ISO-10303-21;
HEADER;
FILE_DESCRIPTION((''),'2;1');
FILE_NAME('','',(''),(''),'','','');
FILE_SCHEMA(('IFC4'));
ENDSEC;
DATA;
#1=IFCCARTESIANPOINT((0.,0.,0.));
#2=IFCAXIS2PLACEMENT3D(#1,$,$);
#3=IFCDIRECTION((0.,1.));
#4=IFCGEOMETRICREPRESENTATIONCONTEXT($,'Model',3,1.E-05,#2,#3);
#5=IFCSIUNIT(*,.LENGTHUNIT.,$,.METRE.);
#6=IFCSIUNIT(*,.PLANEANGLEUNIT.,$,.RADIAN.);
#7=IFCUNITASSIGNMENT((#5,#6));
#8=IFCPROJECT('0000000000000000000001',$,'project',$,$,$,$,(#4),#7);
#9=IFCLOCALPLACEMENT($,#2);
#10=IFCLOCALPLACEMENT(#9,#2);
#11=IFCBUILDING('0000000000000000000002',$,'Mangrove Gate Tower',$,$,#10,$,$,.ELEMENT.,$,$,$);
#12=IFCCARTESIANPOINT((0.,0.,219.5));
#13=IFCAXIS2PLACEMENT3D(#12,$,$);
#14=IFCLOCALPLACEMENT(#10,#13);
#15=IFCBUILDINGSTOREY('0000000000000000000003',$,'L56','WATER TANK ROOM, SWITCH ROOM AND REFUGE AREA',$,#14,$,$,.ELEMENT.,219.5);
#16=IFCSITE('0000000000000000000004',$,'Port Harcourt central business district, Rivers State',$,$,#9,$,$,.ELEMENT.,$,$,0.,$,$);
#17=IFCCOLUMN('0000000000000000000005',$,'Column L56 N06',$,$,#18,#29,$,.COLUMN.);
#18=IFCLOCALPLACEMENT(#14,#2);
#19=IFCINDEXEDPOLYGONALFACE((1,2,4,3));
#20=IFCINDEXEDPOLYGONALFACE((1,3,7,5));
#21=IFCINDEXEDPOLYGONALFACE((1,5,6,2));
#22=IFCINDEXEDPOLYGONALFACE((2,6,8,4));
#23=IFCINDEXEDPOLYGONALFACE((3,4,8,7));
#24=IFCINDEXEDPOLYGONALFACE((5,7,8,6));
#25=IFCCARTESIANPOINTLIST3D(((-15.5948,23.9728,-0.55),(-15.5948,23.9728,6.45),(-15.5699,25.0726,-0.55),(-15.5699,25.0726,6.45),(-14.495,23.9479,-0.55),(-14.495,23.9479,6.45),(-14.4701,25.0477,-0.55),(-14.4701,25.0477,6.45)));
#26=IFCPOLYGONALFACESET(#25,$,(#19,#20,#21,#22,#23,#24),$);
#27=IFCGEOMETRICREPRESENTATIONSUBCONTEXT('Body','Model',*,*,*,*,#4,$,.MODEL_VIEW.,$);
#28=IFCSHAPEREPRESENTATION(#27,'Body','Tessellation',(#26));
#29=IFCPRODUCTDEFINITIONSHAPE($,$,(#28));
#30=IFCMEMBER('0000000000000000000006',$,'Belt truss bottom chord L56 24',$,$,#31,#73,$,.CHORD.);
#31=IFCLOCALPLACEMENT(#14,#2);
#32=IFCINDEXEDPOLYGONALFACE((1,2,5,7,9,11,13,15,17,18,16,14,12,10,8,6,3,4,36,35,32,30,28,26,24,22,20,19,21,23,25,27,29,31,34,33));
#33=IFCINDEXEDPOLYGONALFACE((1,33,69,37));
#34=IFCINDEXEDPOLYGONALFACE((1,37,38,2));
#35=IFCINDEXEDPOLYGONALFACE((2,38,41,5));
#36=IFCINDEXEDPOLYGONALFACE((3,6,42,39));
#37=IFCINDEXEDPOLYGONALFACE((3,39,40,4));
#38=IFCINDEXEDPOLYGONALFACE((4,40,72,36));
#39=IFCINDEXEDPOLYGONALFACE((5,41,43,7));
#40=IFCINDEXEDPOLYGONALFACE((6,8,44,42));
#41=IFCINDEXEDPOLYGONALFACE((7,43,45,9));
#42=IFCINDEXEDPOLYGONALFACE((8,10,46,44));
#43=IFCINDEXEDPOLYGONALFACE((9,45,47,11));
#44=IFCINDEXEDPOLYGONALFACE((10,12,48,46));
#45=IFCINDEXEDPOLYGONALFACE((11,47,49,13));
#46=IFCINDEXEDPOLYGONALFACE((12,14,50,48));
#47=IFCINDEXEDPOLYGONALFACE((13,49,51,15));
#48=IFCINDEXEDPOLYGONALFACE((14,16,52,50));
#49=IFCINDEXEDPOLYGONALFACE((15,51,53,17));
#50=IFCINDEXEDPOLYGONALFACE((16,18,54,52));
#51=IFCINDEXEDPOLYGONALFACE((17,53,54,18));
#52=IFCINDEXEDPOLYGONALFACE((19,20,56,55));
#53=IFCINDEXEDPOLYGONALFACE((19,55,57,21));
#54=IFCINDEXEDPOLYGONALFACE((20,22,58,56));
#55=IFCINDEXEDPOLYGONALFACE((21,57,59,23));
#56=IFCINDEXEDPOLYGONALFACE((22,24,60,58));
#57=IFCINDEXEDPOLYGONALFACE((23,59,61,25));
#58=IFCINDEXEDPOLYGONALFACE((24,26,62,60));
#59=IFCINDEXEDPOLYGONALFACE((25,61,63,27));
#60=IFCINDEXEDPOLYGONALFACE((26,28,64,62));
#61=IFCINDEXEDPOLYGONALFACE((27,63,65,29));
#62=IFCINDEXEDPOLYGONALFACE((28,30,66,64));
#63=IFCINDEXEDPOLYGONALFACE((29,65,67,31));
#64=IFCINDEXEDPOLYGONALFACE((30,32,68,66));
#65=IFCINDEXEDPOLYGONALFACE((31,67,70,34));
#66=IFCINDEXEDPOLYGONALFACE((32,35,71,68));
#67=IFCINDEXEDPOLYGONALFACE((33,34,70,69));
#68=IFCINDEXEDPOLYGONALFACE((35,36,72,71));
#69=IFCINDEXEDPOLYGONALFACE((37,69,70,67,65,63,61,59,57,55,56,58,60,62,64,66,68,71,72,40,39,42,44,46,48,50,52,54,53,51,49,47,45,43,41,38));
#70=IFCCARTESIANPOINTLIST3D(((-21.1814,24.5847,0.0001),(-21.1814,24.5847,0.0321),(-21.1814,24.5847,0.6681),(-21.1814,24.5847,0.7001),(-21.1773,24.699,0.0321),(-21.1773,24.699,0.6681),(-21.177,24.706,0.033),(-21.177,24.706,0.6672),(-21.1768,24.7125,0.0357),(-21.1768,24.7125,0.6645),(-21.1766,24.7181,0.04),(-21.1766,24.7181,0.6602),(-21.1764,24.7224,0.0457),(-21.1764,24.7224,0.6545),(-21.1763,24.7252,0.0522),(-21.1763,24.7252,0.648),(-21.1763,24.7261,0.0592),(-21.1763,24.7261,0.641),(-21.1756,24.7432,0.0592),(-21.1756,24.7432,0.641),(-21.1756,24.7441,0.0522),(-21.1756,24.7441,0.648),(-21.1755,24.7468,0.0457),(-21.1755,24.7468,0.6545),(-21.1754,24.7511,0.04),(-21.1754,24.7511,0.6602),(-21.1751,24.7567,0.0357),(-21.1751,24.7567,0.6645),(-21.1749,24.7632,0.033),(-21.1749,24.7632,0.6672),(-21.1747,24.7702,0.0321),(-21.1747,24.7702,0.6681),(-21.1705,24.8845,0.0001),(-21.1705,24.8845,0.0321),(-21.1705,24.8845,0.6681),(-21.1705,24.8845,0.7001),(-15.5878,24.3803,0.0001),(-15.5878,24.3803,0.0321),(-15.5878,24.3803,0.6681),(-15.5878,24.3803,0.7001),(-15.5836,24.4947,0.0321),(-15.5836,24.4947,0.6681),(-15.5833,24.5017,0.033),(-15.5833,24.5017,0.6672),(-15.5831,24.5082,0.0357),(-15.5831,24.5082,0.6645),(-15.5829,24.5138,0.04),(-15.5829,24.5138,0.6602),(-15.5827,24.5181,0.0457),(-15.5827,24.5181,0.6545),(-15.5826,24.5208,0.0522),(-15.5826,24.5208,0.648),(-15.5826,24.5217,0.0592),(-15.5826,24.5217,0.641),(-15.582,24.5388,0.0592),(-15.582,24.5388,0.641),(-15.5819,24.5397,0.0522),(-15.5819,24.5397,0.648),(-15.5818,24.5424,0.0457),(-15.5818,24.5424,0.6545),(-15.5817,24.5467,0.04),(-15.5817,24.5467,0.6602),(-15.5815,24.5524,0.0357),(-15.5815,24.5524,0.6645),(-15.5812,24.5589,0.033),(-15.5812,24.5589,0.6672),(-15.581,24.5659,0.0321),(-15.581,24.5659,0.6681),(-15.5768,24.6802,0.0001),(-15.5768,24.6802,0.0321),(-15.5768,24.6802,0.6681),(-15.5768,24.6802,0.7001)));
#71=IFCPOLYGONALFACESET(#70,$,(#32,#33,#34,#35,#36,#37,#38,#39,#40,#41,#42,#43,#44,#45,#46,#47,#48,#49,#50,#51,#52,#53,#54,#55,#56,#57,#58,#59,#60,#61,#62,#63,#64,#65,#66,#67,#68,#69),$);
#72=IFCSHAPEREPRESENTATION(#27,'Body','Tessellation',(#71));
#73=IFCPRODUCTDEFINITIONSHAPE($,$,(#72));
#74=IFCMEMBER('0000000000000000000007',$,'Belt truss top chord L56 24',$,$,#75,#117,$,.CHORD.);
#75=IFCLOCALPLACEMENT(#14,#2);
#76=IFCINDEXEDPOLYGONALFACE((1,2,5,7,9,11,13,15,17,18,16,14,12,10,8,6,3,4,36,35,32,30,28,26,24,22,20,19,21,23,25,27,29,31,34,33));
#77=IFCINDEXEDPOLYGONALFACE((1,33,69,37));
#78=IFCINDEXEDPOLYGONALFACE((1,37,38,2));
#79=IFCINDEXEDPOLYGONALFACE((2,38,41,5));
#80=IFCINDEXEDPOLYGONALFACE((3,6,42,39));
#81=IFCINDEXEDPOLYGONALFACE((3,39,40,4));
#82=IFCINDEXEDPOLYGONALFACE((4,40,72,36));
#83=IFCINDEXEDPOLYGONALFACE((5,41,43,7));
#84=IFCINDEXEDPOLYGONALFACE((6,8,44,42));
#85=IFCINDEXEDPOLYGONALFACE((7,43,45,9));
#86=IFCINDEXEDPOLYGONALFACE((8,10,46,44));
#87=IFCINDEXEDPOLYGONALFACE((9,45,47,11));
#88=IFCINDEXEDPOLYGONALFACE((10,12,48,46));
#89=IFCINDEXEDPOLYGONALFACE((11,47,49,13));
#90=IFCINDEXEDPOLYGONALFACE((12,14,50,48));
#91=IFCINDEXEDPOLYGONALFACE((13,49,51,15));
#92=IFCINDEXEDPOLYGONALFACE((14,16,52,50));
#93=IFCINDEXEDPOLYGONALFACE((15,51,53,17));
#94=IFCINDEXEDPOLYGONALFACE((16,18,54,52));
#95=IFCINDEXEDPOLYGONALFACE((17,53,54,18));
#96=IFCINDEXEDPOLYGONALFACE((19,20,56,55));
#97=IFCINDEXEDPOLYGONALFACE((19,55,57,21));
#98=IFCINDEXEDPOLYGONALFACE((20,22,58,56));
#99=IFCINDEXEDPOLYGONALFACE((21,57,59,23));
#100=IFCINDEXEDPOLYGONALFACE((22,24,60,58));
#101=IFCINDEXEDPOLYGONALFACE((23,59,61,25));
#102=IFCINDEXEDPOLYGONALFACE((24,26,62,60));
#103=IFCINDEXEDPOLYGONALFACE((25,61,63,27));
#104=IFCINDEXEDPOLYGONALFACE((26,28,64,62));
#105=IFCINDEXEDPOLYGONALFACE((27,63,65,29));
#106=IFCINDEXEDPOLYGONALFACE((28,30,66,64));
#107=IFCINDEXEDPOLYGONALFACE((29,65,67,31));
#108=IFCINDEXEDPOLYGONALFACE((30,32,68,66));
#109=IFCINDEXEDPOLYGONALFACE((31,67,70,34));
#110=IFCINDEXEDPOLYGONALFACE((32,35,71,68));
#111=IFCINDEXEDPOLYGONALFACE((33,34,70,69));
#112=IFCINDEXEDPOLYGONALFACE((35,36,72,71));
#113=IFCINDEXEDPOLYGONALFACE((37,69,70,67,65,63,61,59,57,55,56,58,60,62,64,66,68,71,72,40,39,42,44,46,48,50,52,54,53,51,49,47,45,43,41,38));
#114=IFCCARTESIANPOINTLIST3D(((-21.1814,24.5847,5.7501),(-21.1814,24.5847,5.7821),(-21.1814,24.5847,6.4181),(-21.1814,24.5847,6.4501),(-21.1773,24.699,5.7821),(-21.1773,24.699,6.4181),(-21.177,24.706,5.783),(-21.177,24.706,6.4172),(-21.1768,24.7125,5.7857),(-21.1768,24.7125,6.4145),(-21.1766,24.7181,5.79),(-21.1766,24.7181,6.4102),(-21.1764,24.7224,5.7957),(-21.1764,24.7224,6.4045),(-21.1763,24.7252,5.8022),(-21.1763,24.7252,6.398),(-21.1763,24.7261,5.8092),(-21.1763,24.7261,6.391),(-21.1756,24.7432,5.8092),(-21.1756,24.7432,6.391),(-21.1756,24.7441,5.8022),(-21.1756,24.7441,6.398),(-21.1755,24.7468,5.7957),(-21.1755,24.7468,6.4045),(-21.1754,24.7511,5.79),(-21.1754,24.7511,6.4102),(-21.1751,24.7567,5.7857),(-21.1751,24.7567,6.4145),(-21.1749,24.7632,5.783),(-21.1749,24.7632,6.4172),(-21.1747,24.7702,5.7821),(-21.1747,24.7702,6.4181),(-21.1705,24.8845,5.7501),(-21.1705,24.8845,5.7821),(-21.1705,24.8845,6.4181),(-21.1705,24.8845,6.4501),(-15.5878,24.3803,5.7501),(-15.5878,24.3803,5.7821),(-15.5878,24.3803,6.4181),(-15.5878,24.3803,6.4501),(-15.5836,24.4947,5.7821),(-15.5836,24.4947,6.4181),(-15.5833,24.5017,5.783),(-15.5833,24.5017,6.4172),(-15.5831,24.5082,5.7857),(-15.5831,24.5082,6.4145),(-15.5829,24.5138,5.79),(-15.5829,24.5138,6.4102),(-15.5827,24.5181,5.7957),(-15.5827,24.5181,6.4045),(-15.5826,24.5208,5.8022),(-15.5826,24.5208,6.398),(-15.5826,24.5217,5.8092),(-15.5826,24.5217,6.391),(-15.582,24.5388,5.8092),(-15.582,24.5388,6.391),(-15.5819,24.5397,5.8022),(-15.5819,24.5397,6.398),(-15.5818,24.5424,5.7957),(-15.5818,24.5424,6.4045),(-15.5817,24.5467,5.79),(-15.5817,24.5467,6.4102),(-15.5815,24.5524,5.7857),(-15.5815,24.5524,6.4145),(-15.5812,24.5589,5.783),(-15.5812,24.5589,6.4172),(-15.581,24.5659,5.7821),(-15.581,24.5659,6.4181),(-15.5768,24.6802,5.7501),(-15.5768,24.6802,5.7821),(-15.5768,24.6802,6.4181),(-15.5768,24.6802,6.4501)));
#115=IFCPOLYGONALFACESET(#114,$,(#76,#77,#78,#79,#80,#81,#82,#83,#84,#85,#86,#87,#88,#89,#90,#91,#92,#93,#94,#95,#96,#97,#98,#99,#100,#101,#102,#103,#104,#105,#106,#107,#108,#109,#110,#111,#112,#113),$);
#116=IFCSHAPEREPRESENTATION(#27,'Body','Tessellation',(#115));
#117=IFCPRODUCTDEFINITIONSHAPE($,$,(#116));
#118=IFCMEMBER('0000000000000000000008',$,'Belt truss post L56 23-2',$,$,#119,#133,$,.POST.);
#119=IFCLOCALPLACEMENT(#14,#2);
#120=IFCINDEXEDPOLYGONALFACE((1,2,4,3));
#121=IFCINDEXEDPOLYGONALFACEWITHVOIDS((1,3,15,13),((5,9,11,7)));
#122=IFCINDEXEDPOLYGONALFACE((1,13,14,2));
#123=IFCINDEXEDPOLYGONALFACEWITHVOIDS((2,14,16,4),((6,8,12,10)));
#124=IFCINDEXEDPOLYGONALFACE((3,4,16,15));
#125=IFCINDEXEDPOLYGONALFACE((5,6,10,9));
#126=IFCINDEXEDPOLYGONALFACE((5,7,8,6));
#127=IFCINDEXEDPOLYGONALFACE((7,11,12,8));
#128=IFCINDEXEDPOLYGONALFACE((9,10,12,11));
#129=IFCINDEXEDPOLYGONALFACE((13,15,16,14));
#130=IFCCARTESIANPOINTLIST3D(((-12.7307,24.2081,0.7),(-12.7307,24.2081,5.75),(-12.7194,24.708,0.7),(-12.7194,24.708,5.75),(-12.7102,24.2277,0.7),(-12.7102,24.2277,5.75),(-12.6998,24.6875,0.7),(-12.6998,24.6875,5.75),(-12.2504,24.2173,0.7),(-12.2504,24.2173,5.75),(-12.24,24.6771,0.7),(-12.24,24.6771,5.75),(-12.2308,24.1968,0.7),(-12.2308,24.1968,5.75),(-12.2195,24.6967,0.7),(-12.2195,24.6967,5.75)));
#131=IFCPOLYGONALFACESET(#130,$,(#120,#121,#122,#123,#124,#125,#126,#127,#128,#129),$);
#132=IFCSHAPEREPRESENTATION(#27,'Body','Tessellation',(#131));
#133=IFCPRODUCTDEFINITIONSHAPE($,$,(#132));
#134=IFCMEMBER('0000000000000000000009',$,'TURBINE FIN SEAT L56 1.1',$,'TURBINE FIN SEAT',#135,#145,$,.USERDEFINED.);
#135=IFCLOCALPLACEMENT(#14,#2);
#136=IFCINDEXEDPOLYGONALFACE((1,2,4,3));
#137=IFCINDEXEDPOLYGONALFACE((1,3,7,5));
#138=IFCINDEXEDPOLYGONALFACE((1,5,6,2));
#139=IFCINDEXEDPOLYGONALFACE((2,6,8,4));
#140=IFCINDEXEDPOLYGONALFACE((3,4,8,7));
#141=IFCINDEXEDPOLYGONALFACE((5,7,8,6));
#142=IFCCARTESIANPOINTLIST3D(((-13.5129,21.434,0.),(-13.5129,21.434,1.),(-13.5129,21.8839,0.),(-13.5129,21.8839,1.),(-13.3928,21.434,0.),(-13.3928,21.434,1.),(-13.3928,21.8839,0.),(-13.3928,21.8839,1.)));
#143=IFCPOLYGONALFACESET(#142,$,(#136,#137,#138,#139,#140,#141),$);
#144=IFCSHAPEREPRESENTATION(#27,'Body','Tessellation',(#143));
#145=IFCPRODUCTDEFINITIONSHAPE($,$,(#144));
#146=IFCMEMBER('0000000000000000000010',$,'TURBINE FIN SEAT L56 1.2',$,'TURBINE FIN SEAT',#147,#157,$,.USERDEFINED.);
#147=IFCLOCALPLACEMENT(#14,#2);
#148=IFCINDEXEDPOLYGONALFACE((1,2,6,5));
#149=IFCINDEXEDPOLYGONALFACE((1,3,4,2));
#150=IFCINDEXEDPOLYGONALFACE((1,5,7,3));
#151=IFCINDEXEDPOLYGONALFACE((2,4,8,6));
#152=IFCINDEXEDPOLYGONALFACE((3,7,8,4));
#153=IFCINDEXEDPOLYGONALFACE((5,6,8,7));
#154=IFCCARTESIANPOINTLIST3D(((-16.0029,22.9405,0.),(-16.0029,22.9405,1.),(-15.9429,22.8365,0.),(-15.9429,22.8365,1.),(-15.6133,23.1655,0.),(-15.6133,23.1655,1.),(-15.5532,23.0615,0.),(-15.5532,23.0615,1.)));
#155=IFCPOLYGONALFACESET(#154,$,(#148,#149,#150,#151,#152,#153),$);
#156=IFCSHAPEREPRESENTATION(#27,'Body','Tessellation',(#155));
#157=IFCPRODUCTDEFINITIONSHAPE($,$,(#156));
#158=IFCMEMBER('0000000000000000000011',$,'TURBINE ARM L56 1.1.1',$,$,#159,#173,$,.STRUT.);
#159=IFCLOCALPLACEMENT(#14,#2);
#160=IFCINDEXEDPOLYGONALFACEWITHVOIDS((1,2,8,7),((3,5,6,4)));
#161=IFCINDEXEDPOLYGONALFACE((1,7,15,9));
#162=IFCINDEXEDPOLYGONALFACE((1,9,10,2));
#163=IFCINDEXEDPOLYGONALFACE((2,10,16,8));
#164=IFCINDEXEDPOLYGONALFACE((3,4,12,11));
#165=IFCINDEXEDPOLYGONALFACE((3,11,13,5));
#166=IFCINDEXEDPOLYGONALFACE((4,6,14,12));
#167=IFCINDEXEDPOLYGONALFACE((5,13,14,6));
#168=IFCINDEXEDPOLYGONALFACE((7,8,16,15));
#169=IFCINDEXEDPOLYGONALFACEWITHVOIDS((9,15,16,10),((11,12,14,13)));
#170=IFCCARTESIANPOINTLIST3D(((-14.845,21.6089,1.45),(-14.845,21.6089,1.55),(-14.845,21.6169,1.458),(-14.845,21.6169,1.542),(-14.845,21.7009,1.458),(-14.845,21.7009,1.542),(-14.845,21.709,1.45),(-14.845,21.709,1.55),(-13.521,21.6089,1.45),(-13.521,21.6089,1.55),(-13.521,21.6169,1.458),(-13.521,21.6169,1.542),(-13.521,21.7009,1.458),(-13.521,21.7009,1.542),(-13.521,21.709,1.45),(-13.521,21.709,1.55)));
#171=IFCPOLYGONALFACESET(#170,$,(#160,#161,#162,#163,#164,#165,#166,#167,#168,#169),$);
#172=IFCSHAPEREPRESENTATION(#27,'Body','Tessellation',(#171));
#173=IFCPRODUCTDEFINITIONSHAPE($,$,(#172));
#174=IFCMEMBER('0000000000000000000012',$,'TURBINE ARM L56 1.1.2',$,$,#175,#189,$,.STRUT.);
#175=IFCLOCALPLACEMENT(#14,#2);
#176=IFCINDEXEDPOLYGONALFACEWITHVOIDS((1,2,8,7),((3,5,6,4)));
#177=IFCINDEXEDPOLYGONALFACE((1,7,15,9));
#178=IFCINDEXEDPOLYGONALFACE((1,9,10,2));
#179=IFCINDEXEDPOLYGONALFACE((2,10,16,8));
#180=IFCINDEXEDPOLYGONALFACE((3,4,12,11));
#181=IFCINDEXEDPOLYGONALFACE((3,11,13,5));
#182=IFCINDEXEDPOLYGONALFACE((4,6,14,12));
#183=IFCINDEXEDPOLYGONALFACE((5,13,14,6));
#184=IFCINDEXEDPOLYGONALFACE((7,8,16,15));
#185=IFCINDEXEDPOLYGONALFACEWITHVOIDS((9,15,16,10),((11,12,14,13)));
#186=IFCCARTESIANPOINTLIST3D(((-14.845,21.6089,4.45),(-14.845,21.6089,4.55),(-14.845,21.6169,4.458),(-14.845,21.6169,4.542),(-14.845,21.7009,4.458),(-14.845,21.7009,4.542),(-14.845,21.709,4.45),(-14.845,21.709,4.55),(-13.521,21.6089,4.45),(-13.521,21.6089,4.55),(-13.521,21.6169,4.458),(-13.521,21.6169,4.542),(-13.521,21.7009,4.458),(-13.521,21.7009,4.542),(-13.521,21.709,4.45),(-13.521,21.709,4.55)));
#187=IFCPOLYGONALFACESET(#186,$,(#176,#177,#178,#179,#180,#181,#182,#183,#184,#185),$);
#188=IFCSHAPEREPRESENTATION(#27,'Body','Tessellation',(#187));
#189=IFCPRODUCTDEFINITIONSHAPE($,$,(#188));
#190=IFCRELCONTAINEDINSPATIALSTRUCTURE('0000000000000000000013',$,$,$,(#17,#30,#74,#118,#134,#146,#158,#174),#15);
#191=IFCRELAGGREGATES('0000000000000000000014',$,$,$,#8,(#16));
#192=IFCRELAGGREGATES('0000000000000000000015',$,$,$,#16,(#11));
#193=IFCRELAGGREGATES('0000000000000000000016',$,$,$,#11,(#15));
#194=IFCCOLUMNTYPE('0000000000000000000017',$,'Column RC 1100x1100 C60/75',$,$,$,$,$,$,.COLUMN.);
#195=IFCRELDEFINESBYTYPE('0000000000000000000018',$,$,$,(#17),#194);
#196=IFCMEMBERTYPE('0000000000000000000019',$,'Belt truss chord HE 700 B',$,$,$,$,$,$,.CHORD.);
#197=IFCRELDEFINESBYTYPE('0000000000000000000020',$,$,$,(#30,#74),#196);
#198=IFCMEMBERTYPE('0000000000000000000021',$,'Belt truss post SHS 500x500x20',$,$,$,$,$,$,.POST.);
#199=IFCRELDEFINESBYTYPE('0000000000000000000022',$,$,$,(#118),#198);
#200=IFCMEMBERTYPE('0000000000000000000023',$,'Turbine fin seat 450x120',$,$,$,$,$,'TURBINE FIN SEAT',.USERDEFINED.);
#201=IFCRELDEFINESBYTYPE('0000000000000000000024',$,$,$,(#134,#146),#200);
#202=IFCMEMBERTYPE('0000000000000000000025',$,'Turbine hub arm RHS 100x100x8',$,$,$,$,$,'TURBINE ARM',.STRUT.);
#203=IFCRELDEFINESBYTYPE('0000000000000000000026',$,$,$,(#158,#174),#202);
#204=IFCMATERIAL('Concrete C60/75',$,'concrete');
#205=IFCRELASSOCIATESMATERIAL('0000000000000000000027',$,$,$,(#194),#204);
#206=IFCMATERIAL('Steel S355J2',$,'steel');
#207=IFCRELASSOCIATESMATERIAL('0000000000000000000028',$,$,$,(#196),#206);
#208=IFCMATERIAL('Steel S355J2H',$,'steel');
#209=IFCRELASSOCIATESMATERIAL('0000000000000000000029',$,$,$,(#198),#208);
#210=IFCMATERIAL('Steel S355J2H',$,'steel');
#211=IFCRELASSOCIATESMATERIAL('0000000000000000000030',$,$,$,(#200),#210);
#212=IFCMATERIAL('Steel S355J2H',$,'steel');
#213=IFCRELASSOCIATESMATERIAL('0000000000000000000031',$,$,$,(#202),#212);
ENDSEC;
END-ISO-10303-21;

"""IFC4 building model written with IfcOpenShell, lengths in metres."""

from ifc_helpers import new_model, si_unit, direction, frame, origin, origin_2d, place, context, subcontext, project, spatial, rectangle, hollow_rectangle, i_section, extrude, material, material_profile, profile_set, type_object, element, save


model = new_model("IFC4")

# Units and contexts
model_context = context("Model", 3, precision=1e-05, world=origin(), true_north=direction((0.0, 1.0)))
body_context = subcontext(model_context, "Body", "Model", "MODEL_VIEW")
ifc_project = project(units=[si_unit("LENGTHUNIT", "METRE"), si_unit("PLANEANGLEUNIT", "RADIAN")], contexts=[model_context])

# Site, building, storey
site_placement = place(None, origin())
site = spatial("IfcSite", under=ifc_project, at=site_placement, Name="Port Harcourt central business district, Rivers State", CompositionType="ELEMENT", RefElevation=0.0)
building_placement = place(site_placement, origin())
building = spatial("IfcBuilding", under=site, at=building_placement, Name="Mangrove Gate Tower", CompositionType="ELEMENT")
storey_placement = place(building_placement, frame((0.0, 0.0, 219.5)))
storey = spatial("IfcBuildingStorey", under=building, at=storey_placement, Name="L56", Description="WATER TANK ROOM, SWITCH ROOM AND REFUGE AREA", CompositionType="ELEMENT", Elevation=219.5)

# Column
ifc_material_1 = material(Name="Concrete C60/75", Category="concrete")
ifc_material_profile_1 = material_profile(ifc_material_1, rectangle(XDim=1.1001, YDim=1.1001, at=origin_2d()))
ifc_profile_set_1 = profile_set([ifc_material_profile_1], Name="Concrete C60/75")
column_type = type_object("IfcColumnType", Name="Column RC 1100x1100 C60/75", PredefinedType="COLUMN", material=ifc_profile_set_1)
column_placement = place(storey_placement, frame((-15.0325, 24.5103, -0.55), z_axis=(0.0, 0.0, 1.0), x_axis=(-0.999743, 0.02267, 0.0)))
element("IfcColumn", 1, at=column_placement, inside=storey, type_object=column_type, Name="Column L56 N06", PredefinedType="COLUMN", context=body_context, shape_type="SweptSolid", body=[
    extrude(rectangle(XDim=1.1001, YDim=1.1001, at=origin_2d()), origin(), (0.0, 0.0, 1.0), 7.0),
])

# Members
ifc_material_2 = material(Name="Steel S355J2", Category="steel")
ifc_material_profile_2 = material_profile(ifc_material_2, i_section(OverallWidth=0.3, OverallDepth=0.7, WebThickness=0.0171, FlangeThickness=0.032, FilletRadius=0.0271, at=origin_2d()))
ifc_profile_set_2 = profile_set([ifc_material_profile_2], Name="Steel S355J2")
member_type_1 = type_object("IfcMemberType", Name="Belt truss chord HE 700 B", PredefinedType="CHORD", material=ifc_profile_set_2)
for number, where, z_axis, x_axis, name in (
    (2, (-15.5823, 24.5303, 0.3501), (-0.999333, 0.036507, 0.0), (-0.036507, -0.999333, 0.0), "Belt truss bottom chord L56 24"),
    (3, (-15.5823, 24.5303, 6.1001), (-0.999333, 0.036507, 0.0), (-0.036507, -0.999333, 0.0), "Belt truss top chord L56 24"),
):
    element("IfcMember", number, at=place(storey_placement, frame(where, z_axis=z_axis, x_axis=x_axis)), inside=storey, type_object=member_type_1, Name=name, PredefinedType="CHORD", context=body_context, shape_type="SweptSolid", body=[
        extrude(i_section(OverallWidth=0.3, OverallDepth=0.7, WebThickness=0.0171, FlangeThickness=0.032, FilletRadius=0.0271, at=origin_2d()), origin(), (0.0, 0.0, 1.0), 5.5974),
    ])
ifc_material_3 = material(Name="Steel S355J2H", Category="steel")
ifc_material_profile_3 = material_profile(ifc_material_3, hollow_rectangle(XDim=0.5, YDim=0.5, WallThickness=0.02, at=origin_2d()))
ifc_profile_set_3 = profile_set([ifc_material_profile_3], Name="Steel S355J2H")
member_type_2 = type_object("IfcMemberType", Name="Belt truss post SHS 500x500x20", PredefinedType="POST", material=ifc_profile_set_3)
member_1_placement = place(storey_placement, frame((-12.4751, 24.4524, 0.7), z_axis=(0.0, 0.0, 1.0), x_axis=(-0.999745, 0.0226, 0.0)))
element("IfcMember", 4, at=member_1_placement, inside=storey, type_object=member_type_2, Name="Belt truss post L56 23-2", PredefinedType="POST", context=body_context, shape_type="SweptSolid", body=[
    extrude(hollow_rectangle(XDim=0.5, YDim=0.5, WallThickness=0.02, at=origin_2d()), origin(), (0.0, 0.0, 1.0), 5.05),
])
ifc_material_4 = material(Name="Steel S355J2H", Category="steel")
ifc_material_profile_4 = material_profile(ifc_material_4, rectangle(XDim=0.45, YDim=0.1201, at=origin_2d()))
ifc_profile_set_4 = profile_set([ifc_material_profile_4], Name="Steel S355J2H")
member_type_3 = type_object("IfcMemberType", Name="Turbine fin seat 450x120", ElementType="TURBINE FIN SEAT", PredefinedType="USERDEFINED", material=ifc_profile_set_4)
for number, where, z_axis, x_axis, name in (
    (5, (-13.4529, 21.6589, 0.0), (0.0, 0.0, 1.0), (0.0, 1.0, 0.0), "TURBINE FIN SEAT L56 1.1"),
    (6, (-15.7781, 23.001, 0.0), (0.0, 0.0, 1.0), (-0.866025, -0.5, 0.0), "TURBINE FIN SEAT L56 1.2"),
):
    element("IfcMember", number, at=place(storey_placement, frame(where, z_axis=z_axis, x_axis=x_axis)), inside=storey, type_object=member_type_3, Name=name, ObjectType="TURBINE FIN SEAT", PredefinedType="USERDEFINED", context=body_context, shape_type="SweptSolid", body=[
        extrude(rectangle(XDim=0.45, YDim=0.1201, at=origin_2d()), origin(), (0.0, 0.0, 1.0), 1.0),
    ])
ifc_material_5 = material(Name="Steel S355J2H", Category="steel")
ifc_material_profile_5 = material_profile(ifc_material_5, hollow_rectangle(XDim=0.1001, YDim=0.1001, WallThickness=0.0081, at=origin_2d()))
ifc_profile_set_5 = profile_set([ifc_material_profile_5], Name="Steel S355J2H")
member_type_4 = type_object("IfcMemberType", Name="Turbine hub arm RHS 100x100x8", ElementType="TURBINE ARM", PredefinedType="STRUT", material=ifc_profile_set_5)
for number, where, z_axis, x_axis, name in (
    (7, (-14.845, 21.6589, 1.5), (1.0, 0.0, 0.0), (0.0, 1.0, 0.0), "TURBINE ARM L56 1.1.1"),
    (8, (-14.845, 21.6589, 4.5), (1.0, 0.0, 0.0), (0.0, 1.0, 0.0), "TURBINE ARM L56 1.1.2"),
):
    element("IfcMember", number, at=place(storey_placement, frame(where, z_axis=z_axis, x_axis=x_axis)), inside=storey, type_object=member_type_4, Name=name, PredefinedType="STRUT", context=body_context, shape_type="SweptSolid", body=[
        extrude(hollow_rectangle(XDim=0.1001, YDim=0.1001, WallThickness=0.0081, at=origin_2d()), origin(), (0.0, 0.0, 1.0), 1.324),
    ])

save(model, "model.ifc")
